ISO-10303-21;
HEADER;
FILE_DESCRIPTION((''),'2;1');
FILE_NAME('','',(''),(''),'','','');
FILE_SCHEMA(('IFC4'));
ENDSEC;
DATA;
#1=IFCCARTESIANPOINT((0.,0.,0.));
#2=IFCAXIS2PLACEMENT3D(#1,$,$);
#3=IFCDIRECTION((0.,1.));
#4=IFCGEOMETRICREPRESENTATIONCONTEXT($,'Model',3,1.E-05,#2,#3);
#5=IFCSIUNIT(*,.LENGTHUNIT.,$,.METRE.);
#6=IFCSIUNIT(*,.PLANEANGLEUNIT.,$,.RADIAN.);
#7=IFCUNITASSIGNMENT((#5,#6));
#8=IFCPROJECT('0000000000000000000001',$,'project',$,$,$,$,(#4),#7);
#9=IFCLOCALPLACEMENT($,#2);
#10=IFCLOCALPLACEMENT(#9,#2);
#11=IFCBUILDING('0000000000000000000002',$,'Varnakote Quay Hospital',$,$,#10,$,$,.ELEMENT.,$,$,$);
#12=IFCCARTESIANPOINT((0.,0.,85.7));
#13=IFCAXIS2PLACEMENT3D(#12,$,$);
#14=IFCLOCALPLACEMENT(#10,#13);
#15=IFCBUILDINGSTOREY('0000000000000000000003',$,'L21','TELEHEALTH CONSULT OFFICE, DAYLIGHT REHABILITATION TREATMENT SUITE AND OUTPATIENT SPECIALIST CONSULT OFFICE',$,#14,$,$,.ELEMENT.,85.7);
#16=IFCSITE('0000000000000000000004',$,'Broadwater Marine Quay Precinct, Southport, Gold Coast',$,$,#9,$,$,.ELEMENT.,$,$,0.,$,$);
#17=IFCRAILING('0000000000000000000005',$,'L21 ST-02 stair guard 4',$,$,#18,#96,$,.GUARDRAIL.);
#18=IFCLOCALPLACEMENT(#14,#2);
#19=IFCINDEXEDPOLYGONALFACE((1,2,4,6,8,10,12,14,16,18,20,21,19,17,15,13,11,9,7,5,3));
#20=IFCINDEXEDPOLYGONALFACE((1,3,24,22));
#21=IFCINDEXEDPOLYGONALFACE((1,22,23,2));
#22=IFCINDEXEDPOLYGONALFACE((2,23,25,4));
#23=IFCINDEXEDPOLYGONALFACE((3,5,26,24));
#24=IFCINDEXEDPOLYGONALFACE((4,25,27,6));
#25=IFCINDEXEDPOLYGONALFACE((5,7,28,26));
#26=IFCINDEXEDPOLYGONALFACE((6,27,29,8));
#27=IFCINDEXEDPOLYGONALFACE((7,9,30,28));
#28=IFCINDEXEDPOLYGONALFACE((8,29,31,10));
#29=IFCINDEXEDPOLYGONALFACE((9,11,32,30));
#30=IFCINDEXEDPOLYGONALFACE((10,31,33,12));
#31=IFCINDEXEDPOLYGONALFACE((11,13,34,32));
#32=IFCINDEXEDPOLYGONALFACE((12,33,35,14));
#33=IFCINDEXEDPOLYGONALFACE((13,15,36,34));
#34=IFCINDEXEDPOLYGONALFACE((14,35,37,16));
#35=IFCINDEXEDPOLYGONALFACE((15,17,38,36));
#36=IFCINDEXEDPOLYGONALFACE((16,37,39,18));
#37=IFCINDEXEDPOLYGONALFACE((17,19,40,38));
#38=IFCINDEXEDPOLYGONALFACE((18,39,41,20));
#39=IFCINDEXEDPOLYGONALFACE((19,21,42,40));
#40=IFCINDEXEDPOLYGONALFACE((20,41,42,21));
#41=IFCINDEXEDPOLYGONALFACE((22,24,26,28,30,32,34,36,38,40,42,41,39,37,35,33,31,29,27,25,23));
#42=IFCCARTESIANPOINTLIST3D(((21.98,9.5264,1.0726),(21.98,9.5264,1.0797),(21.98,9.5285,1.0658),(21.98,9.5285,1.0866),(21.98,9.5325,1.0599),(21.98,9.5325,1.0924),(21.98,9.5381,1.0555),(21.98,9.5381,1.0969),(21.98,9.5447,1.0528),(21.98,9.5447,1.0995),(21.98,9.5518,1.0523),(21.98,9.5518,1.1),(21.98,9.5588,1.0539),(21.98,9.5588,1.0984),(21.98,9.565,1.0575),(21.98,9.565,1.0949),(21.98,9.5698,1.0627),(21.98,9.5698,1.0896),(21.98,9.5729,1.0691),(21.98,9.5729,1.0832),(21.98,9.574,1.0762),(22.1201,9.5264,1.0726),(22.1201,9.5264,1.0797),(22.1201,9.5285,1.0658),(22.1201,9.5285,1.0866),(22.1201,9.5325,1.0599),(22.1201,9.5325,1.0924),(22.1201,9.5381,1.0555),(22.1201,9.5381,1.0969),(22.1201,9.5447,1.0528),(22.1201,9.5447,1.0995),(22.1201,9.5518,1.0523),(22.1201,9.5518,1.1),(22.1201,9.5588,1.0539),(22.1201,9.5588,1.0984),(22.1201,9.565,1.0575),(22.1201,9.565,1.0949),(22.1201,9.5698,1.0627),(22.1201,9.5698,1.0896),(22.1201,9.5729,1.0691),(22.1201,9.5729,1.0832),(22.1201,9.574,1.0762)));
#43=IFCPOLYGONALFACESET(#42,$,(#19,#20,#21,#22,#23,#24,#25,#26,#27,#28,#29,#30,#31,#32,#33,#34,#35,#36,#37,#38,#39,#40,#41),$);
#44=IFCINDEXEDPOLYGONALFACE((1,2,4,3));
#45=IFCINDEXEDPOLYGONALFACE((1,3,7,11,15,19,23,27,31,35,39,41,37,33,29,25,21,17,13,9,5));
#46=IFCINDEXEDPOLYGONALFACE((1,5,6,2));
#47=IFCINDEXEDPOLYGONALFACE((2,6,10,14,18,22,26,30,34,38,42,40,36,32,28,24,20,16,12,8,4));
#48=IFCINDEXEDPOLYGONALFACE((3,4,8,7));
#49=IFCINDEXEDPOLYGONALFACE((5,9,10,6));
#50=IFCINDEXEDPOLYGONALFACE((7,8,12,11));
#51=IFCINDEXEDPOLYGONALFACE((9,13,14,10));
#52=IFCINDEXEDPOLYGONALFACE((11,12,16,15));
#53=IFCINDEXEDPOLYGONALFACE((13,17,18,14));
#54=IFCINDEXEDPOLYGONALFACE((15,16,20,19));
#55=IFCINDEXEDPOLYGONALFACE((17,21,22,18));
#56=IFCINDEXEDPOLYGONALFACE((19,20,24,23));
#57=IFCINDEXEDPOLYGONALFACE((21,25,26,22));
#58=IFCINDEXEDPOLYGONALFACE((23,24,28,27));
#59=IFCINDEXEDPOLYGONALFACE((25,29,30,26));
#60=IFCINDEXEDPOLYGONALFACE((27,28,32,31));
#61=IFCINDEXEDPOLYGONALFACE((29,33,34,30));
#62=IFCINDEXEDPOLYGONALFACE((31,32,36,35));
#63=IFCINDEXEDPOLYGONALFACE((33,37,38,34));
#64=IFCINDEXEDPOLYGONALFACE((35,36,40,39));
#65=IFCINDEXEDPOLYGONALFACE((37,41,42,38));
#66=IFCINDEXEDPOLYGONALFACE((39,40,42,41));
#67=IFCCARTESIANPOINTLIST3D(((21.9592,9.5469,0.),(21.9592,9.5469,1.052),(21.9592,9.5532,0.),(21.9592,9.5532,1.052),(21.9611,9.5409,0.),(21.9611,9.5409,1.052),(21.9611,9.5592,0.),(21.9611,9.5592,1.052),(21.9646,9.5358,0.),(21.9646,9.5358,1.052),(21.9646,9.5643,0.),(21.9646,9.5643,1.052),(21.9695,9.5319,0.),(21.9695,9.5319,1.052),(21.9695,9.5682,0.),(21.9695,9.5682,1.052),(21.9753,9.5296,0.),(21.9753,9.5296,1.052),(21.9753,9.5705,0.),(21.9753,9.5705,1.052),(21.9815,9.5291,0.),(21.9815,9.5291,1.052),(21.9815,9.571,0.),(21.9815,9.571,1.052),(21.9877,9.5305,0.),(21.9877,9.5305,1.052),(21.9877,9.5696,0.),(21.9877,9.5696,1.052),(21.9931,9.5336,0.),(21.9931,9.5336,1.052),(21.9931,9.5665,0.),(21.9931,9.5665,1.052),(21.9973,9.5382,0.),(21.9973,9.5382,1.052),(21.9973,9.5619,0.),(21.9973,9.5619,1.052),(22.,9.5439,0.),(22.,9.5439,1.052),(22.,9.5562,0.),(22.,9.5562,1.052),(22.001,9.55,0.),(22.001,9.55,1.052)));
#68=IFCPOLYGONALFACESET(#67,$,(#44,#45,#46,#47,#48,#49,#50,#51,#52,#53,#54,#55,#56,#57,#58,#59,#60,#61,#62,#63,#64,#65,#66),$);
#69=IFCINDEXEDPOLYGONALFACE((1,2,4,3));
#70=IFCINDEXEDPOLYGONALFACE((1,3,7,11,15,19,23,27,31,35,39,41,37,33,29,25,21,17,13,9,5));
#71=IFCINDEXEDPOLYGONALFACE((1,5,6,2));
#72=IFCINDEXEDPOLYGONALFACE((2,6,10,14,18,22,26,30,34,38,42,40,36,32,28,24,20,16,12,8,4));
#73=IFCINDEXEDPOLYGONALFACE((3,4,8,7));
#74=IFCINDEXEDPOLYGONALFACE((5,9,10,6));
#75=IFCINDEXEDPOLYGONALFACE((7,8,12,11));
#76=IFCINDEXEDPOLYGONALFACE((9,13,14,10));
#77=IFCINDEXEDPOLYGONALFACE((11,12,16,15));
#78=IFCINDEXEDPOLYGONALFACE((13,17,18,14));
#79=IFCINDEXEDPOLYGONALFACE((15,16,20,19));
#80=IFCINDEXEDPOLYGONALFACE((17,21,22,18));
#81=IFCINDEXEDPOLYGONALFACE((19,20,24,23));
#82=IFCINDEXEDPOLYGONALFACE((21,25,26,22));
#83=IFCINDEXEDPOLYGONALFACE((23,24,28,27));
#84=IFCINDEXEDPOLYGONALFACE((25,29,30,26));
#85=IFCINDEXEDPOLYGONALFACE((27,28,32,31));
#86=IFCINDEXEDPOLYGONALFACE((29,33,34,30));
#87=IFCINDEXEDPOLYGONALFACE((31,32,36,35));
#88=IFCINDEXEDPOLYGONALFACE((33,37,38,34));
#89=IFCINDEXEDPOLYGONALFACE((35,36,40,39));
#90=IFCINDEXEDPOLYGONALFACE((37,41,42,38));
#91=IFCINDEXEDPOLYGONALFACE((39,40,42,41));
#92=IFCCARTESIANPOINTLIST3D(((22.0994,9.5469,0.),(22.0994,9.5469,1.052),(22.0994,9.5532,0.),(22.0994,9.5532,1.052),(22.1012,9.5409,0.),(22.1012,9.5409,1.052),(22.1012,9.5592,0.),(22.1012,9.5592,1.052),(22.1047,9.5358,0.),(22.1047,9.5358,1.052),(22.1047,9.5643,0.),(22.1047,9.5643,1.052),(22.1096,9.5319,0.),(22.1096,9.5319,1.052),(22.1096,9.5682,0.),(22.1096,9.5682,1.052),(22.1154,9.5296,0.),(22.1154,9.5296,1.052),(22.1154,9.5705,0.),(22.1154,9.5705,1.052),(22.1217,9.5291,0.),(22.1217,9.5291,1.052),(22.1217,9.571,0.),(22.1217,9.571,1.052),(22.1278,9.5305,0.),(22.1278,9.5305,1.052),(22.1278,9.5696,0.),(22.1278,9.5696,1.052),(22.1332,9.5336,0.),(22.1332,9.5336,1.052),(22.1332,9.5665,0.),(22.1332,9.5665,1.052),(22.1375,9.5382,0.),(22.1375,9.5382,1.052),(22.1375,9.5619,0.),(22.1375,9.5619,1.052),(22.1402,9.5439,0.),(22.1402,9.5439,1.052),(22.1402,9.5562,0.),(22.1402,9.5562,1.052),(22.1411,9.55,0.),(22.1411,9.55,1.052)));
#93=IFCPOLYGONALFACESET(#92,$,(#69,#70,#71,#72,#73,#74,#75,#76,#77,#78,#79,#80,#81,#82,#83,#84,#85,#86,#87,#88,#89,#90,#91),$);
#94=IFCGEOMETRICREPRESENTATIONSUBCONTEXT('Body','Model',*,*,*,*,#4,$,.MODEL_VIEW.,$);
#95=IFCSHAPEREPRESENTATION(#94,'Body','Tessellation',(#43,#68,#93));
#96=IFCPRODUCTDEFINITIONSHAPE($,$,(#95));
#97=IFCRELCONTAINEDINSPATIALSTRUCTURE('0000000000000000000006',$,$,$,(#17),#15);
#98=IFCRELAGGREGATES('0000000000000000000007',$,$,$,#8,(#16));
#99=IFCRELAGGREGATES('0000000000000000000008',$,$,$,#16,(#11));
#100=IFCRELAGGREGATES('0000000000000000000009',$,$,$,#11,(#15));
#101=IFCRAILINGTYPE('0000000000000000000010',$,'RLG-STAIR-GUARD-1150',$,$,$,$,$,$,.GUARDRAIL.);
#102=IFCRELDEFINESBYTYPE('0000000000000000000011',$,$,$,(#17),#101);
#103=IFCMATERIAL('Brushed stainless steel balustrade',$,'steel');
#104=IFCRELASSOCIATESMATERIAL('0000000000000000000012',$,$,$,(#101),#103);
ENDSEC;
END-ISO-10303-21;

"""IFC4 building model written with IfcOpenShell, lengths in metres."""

from ifc_helpers import new_model, si_unit, direction, frame, origin, origin_2d, place, context, subcontext, project, spatial, circle, extrude, material, type_object, element, save


model = new_model("IFC4")

# Units and contexts
model_context = context("Model", 3, precision=1e-05, world=origin(), true_north=direction((0.0, 1.0)))
body_context = subcontext(model_context, "Body", "Model", "MODEL_VIEW")
ifc_project = project(units=[si_unit("LENGTHUNIT", "METRE"), si_unit("PLANEANGLEUNIT", "RADIAN")], contexts=[model_context])

# Site, building, storey
site_placement = place(None, origin())
site = spatial("IfcSite", under=ifc_project, at=site_placement, Name="Broadwater Marine Quay Precinct, Southport, Gold Coast", CompositionType="ELEMENT", RefElevation=0.0)
building_placement = place(site_placement, origin())
building = spatial("IfcBuilding", under=site, at=building_placement, Name="Varnakote Quay Hospital", CompositionType="ELEMENT")
storey_placement = place(building_placement, frame((0.0, 0.0, 85.7)))
storey = spatial("IfcBuildingStorey", under=building, at=storey_placement, Name="L21", Description="TELEHEALTH CONSULT OFFICE, DAYLIGHT REHABILITATION TREATMENT SUITE AND OUTPATIENT SPECIALIST CONSULT OFFICE", CompositionType="ELEMENT", Elevation=85.7)

# Railing
ifc_material_1 = material(Name="Brushed stainless steel balustrade", Category="steel")
railing_type_1 = type_object("IfcRailingType", Name="RLG-STAIR-GUARD-1150", PredefinedType="GUARDRAIL", material=ifc_material_1)
railing_1_placement = place(storey_placement, frame((21.98, 9.55, 0.0)))
element("IfcRailing", 1, at=railing_1_placement, inside=storey, type_object=railing_type_1, Name="L21 ST-02 stair guard 4", PredefinedType="GUARDRAIL", context=body_context, shape_type="SweptSolid", body=[
    extrude(circle(Radius=0.0239, at=origin_2d()), frame((0.0, 0.0, 1.0762), z_axis=(1.0, 0.0, 0.0), x_axis=(0.0, 1.0, 0.0)), (0.0, 0.0, 1.0), 0.1401),
    extrude(circle(Radius=0.021, at=origin_2d()), origin(), (0.0, 0.0, 1.0), 1.052),
    extrude(circle(Radius=0.021, at=origin_2d()), frame((0.1401, 0.0, 0.0)), (0.0, 0.0, 1.0), 1.052),
])

save(model, "model.ifc")
